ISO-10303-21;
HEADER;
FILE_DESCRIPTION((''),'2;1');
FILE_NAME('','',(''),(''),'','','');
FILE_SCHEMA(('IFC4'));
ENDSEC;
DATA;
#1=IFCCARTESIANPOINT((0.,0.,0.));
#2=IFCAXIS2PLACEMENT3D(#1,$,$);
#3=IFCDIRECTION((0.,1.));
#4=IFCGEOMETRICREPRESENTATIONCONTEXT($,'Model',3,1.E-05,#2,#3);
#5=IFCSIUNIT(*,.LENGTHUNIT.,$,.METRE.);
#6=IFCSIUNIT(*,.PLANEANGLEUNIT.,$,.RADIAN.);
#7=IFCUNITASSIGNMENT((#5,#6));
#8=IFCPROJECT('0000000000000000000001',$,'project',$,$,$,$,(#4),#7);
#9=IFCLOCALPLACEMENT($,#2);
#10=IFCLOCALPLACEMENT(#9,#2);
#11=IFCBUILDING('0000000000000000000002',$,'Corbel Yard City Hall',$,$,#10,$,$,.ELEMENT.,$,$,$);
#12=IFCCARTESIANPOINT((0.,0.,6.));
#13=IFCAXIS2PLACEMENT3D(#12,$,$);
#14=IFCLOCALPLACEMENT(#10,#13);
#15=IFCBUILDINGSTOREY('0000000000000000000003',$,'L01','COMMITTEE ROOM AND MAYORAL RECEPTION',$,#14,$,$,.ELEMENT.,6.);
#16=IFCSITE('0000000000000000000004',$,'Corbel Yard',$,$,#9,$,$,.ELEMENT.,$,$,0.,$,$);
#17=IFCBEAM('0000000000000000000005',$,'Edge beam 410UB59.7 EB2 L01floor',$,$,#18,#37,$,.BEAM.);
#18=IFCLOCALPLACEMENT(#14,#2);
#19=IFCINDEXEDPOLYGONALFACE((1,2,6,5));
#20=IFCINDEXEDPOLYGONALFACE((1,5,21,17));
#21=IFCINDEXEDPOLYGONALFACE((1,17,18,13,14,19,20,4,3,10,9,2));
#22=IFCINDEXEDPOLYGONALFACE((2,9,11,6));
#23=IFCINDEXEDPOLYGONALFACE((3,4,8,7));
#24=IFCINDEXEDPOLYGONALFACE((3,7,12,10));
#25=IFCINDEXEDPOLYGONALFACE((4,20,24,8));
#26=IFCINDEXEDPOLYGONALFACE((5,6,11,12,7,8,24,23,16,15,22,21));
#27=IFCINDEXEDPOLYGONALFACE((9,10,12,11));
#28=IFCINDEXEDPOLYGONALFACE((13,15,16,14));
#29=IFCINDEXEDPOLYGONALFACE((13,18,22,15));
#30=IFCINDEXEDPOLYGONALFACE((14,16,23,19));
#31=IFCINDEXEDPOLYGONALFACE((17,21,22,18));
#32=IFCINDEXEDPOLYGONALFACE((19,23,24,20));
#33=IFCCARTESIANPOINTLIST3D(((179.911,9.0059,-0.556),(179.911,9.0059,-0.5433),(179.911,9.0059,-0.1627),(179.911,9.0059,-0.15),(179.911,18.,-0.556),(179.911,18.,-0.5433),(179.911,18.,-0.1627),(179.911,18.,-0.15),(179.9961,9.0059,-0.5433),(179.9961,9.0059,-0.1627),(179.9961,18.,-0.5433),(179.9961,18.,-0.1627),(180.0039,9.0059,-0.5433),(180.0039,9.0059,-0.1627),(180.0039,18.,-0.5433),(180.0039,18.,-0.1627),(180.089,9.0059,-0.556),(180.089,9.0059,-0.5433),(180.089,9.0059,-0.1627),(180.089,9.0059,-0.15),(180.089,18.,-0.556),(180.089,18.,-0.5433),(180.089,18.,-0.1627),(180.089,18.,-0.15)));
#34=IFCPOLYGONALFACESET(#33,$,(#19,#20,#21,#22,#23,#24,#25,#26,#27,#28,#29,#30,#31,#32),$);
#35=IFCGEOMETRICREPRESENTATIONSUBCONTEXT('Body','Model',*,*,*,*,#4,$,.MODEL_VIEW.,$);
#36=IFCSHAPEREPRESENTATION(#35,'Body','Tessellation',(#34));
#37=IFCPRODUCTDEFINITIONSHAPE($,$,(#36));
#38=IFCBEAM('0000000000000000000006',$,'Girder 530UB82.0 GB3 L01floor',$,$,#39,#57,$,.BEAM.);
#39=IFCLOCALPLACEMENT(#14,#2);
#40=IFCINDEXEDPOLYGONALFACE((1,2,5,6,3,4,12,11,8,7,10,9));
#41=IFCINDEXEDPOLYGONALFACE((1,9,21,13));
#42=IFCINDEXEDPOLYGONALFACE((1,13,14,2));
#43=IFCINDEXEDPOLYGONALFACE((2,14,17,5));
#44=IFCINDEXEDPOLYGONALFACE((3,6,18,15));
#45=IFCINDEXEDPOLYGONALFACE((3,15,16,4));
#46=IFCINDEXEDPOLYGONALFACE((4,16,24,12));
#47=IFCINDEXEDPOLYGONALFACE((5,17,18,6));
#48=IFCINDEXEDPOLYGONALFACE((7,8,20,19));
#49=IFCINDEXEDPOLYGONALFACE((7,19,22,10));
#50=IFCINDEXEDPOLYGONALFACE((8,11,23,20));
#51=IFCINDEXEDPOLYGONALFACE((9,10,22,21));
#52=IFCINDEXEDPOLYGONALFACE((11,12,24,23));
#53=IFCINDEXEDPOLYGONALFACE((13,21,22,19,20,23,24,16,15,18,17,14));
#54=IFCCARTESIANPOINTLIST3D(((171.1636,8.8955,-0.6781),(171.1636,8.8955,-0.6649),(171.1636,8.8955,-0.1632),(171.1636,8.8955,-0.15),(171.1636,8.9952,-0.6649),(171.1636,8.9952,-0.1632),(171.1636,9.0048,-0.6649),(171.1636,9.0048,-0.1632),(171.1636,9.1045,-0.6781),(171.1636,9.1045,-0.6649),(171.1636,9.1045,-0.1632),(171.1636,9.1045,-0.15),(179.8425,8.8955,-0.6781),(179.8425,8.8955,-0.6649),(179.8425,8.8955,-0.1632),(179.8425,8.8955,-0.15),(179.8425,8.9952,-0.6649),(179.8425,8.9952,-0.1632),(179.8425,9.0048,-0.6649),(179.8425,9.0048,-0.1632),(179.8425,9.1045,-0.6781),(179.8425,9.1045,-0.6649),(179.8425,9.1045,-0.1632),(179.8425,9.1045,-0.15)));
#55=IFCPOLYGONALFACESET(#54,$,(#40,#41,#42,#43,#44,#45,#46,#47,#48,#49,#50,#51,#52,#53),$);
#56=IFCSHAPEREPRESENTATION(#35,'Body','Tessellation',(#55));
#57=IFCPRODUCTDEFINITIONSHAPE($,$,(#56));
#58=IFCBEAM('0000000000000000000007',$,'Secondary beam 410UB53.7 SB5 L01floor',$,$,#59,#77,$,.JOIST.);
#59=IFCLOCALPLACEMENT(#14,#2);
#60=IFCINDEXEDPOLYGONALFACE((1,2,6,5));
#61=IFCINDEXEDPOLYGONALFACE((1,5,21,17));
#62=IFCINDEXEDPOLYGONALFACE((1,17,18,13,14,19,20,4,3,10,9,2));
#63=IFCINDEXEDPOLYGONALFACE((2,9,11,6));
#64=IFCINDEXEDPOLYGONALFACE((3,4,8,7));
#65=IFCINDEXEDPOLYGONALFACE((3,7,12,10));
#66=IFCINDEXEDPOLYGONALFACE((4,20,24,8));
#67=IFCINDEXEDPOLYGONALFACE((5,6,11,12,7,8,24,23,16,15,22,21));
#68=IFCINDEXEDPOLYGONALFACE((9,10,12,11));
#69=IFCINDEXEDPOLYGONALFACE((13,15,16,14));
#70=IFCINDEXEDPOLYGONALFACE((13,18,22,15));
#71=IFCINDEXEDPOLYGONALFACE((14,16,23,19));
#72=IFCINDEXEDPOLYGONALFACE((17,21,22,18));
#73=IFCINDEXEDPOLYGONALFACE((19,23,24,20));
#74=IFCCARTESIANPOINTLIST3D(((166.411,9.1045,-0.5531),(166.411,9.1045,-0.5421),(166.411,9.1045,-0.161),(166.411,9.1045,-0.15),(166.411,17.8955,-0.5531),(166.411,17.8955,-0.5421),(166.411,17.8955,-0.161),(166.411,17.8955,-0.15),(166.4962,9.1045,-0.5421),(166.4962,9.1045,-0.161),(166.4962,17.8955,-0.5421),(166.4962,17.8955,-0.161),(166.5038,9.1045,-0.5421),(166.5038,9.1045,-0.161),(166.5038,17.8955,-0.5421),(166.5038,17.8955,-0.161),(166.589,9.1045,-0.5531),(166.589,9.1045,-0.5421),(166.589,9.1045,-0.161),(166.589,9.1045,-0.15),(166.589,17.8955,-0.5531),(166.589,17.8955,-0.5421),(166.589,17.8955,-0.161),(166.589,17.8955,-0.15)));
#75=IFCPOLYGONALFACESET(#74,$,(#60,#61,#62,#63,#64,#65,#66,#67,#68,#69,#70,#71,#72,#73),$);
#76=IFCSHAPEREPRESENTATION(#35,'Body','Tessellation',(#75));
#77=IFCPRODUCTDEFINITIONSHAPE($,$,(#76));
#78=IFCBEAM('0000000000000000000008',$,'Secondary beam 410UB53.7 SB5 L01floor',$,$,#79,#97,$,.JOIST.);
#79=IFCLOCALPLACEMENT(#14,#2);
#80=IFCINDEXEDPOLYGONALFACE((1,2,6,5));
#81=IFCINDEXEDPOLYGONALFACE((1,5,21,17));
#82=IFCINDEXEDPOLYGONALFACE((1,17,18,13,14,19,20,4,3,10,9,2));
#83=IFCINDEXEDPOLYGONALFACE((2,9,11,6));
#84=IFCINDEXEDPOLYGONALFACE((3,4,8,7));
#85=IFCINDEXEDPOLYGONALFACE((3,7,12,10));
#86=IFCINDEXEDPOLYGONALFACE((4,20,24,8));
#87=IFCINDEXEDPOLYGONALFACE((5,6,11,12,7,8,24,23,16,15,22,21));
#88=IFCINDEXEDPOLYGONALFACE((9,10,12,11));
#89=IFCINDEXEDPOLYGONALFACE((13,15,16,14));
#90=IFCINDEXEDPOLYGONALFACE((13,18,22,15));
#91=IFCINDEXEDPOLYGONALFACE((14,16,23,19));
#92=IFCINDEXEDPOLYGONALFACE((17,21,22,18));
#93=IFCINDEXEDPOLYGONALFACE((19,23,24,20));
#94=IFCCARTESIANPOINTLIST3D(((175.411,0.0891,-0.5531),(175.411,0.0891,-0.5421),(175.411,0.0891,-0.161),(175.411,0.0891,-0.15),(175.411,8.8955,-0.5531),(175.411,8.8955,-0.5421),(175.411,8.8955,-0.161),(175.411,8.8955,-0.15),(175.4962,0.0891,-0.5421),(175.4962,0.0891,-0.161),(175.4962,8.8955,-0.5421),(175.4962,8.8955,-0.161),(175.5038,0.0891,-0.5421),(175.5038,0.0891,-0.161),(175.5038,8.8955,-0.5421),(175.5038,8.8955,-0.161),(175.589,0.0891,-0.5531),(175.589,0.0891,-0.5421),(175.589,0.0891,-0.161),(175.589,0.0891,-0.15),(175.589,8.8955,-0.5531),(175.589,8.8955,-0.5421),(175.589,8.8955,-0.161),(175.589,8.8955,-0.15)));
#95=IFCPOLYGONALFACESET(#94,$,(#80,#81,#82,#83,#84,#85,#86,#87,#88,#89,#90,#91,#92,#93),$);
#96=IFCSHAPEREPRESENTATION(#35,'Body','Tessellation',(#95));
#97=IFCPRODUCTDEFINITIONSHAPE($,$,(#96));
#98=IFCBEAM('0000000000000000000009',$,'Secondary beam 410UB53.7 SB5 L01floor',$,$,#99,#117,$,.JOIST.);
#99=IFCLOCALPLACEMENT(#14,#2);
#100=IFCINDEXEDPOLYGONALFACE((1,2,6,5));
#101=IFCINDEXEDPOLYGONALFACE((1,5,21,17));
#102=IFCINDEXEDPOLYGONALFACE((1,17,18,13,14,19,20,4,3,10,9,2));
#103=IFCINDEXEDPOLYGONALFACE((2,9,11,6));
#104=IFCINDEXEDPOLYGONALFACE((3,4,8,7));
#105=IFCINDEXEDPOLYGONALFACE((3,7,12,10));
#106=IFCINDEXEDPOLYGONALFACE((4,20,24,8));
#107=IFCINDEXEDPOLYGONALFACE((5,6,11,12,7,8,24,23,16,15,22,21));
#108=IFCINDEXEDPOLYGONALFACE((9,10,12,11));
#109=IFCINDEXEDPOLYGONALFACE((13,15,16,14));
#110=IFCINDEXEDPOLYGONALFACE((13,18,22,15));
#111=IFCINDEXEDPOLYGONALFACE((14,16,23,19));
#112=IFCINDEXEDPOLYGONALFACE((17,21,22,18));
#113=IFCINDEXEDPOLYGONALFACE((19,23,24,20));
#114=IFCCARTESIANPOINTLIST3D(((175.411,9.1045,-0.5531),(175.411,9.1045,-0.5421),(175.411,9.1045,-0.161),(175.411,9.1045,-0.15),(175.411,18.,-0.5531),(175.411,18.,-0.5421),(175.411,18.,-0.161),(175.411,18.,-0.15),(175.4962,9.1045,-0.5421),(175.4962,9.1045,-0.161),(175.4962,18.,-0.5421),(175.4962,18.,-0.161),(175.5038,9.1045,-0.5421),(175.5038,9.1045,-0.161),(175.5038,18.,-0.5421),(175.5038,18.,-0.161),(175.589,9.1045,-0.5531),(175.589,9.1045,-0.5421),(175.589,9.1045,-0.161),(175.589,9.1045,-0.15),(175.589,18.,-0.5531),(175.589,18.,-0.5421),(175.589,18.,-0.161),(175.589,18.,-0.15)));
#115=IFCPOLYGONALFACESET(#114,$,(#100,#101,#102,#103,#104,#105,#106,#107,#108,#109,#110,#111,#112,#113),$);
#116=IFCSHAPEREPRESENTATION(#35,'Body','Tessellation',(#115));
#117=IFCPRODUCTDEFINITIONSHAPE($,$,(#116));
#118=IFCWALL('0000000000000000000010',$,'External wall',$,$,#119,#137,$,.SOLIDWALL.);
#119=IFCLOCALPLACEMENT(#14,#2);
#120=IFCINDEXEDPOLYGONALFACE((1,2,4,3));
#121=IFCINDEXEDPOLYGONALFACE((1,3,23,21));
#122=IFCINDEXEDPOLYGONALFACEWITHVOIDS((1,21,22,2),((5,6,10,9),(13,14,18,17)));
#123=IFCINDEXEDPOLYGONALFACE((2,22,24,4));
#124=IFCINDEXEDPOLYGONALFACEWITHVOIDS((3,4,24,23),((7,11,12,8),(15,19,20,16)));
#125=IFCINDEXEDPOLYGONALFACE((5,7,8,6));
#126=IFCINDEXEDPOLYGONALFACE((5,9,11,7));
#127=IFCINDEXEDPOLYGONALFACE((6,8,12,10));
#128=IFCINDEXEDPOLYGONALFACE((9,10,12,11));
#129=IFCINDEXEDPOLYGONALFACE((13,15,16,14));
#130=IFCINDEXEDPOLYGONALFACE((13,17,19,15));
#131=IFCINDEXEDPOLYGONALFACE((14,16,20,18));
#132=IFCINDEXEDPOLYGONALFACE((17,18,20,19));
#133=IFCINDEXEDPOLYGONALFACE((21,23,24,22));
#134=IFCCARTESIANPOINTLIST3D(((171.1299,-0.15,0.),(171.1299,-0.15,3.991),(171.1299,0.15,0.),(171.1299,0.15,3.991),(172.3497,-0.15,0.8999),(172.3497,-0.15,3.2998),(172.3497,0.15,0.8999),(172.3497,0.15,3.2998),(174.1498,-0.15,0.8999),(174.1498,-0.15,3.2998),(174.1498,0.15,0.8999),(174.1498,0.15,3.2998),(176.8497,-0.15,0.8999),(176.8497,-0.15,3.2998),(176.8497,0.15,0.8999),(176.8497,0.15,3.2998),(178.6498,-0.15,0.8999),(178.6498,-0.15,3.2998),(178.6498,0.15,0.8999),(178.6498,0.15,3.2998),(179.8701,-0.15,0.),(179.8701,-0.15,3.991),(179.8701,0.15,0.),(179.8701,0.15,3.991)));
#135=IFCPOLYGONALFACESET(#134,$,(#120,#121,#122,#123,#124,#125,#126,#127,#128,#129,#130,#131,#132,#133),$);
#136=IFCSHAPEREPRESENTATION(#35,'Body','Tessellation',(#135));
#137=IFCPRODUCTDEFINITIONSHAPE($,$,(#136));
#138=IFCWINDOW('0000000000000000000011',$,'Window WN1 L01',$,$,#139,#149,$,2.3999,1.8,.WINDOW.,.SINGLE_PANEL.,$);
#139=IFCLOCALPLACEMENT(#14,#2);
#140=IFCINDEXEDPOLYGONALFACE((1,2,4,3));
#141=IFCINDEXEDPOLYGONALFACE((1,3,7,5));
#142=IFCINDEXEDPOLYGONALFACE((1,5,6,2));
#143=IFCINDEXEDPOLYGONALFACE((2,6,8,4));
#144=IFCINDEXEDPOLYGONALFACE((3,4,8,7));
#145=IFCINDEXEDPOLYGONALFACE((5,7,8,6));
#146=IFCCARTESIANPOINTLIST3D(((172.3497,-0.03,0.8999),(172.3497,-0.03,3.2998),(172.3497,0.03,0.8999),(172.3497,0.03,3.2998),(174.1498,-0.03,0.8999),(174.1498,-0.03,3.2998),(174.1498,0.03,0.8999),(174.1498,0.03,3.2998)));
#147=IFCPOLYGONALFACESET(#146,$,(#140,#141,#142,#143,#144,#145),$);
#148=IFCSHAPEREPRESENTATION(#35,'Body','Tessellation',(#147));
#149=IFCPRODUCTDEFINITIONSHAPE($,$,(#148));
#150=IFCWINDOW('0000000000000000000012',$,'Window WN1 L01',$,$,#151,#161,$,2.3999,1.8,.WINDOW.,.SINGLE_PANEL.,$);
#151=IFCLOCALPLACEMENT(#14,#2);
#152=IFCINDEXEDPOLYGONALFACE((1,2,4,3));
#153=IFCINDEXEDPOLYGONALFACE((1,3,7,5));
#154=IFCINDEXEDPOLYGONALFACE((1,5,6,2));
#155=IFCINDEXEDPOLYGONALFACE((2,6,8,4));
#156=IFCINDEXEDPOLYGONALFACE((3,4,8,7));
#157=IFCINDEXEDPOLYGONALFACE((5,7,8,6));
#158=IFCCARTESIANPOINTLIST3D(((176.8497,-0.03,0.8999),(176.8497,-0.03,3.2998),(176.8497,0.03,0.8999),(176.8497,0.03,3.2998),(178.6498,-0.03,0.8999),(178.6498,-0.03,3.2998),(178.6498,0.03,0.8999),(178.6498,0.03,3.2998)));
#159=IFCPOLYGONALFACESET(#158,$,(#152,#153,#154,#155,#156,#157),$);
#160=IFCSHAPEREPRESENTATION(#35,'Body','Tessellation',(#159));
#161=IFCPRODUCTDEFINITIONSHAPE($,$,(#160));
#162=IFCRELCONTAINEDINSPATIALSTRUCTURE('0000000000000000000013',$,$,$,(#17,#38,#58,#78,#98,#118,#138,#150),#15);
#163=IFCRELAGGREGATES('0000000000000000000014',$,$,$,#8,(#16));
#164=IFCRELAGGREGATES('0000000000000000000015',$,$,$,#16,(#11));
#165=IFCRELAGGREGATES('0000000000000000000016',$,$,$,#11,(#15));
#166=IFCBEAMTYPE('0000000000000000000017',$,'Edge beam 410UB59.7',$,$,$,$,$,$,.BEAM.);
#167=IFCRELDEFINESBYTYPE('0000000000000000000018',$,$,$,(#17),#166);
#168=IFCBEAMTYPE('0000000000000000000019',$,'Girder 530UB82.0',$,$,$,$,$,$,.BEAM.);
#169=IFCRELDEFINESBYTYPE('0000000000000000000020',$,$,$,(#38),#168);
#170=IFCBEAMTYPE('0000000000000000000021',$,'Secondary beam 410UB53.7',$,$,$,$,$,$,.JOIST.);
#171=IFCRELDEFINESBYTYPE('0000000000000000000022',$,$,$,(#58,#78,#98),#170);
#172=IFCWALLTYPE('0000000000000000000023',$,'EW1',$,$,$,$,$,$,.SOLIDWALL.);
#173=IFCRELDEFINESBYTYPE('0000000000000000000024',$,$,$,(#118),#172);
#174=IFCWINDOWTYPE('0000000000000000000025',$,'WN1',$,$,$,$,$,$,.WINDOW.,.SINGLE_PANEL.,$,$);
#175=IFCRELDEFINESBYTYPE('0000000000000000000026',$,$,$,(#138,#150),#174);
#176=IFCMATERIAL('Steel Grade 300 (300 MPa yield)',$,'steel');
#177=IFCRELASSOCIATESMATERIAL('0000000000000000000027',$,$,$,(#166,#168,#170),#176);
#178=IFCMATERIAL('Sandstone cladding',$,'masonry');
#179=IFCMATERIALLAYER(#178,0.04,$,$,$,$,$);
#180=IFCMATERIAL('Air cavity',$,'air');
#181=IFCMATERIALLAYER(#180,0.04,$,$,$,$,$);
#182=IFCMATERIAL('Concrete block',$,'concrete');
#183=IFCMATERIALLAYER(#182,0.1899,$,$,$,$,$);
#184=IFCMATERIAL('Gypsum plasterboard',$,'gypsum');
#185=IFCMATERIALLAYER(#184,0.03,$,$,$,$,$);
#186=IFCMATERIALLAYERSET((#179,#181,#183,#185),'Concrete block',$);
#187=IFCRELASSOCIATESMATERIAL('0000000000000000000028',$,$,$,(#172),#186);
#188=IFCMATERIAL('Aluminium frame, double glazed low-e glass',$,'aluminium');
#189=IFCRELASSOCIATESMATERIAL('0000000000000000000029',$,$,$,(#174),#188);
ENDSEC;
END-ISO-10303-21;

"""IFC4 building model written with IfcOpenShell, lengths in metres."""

from ifc_helpers import new_model, si_unit, direction, frame, frame_2d, origin, origin_2d, place, context, subcontext, project, spatial, rectangle, i_section, extrude, material, layer, layer_set, material_profile, profile_set, type_object, element, fill, save


model = new_model("IFC4")

# Units and contexts
model_context = context("Model", 3, precision=1e-05, world=origin(), true_north=direction((0.0, 1.0)))
body_context = subcontext(model_context, "Body", "Model", "MODEL_VIEW")
ifc_project = project(units=[si_unit("LENGTHUNIT", "METRE"), si_unit("PLANEANGLEUNIT", "RADIAN")], contexts=[model_context])

# Site, building, storey
site_placement = place(None, origin())
site = spatial("IfcSite", under=ifc_project, at=site_placement, Name="Corbel Yard", CompositionType="ELEMENT", RefElevation=0.0)
building_placement = place(site_placement, origin())
building = spatial("IfcBuilding", under=site, at=building_placement, Name="Corbel Yard City Hall", CompositionType="ELEMENT")
storey_placement = place(building_placement, frame((0.0, 0.0, 6.0)))
storey = spatial("IfcBuildingStorey", under=building, at=storey_placement, Name="L01", Description="COMMITTEE ROOM AND MAYORAL RECEPTION", CompositionType="ELEMENT", Elevation=6.0)

# Shared definitions
ifc_material_1 = material(Name="Steel Grade 300 (300 MPa yield)", Category="steel")

# Beams
ifc_material_profile_1 = material_profile(ifc_material_1, i_section(OverallWidth=0.178, OverallDepth=0.406, WebThickness=0.0078, FlangeThickness=0.0127, at=origin_2d()), Name="410UB59.7")
ifc_profile_set_1 = profile_set([ifc_material_profile_1], Name="Steel Grade 300 (300 MPa yield)")
beam_type_1 = type_object("IfcBeamType", Name="Edge beam 410UB59.7", PredefinedType="BEAM", material=ifc_profile_set_1)
beam_1_placement = place(storey_placement, frame((180.0, 9.0059, -0.353), z_axis=(0.0, 1.0, 0.0), x_axis=(-1.0, 0.0, 0.0)))
element("IfcBeam", 1, at=beam_1_placement, inside=storey, type_object=beam_type_1, Name="Edge beam 410UB59.7 EB2 L01floor", PredefinedType="BEAM", context=body_context, shape_type="SweptSolid", body=[
    extrude(i_section(OverallWidth=0.178, OverallDepth=0.406, WebThickness=0.0078, FlangeThickness=0.0127, at=origin_2d()), origin(), (0.0, 0.0, 1.0), 8.9941),
])
ifc_material_profile_2 = material_profile(ifc_material_1, i_section(OverallWidth=0.209, OverallDepth=0.5281, WebThickness=0.0095, FlangeThickness=0.0132, at=origin_2d()), Name="530UB82.0")
ifc_profile_set_2 = profile_set([ifc_material_profile_2], Name="Steel Grade 300 (300 MPa yield)")
beam_type_2 = type_object("IfcBeamType", Name="Girder 530UB82.0", PredefinedType="BEAM", material=ifc_profile_set_2)
beam_2_placement = place(storey_placement, frame((171.1636, 9.0, -0.4141), z_axis=(1.0, 0.0, 0.0), x_axis=(0.0, 1.0, 0.0)))
element("IfcBeam", 2, at=beam_2_placement, inside=storey, type_object=beam_type_2, Name="Girder 530UB82.0 GB3 L01floor", PredefinedType="BEAM", context=body_context, shape_type="SweptSolid", body=[
    extrude(i_section(OverallWidth=0.209, OverallDepth=0.5281, WebThickness=0.0095, FlangeThickness=0.0132, at=origin_2d()), origin(), (0.0, 0.0, 1.0), 8.679),
])
ifc_material_profile_3 = material_profile(ifc_material_1, i_section(OverallWidth=0.178, OverallDepth=0.4031, WebThickness=0.0076, FlangeThickness=0.011, at=origin_2d()), Name="410UB53.7")
ifc_profile_set_3 = profile_set([ifc_material_profile_3], Name="Steel Grade 300 (300 MPa yield)")
beam_type_3 = type_object("IfcBeamType", Name="Secondary beam 410UB53.7", PredefinedType="JOIST", material=ifc_profile_set_3)
beam_3_placement = place(storey_placement, frame((166.5, 9.1045, -0.3516), z_axis=(0.0, 1.0, 0.0), x_axis=(-1.0, 0.0, 0.0)))
element("IfcBeam", 3, at=beam_3_placement, inside=storey, type_object=beam_type_3, Name="Secondary beam 410UB53.7 SB5 L01floor", PredefinedType="JOIST", context=body_context, shape_type="SweptSolid", body=[
    extrude(i_section(OverallWidth=0.178, OverallDepth=0.4031, WebThickness=0.0076, FlangeThickness=0.011, at=origin_2d()), origin(), (0.0, 0.0, 1.0), 8.791),
])
beam_4_placement = place(storey_placement, frame((175.5, 0.0891, -0.3516), z_axis=(0.0, 1.0, 0.0), x_axis=(-1.0, 0.0, 0.0)))
element("IfcBeam", 4, at=beam_4_placement, inside=storey, type_object=beam_type_3, Name="Secondary beam 410UB53.7 SB5 L01floor", PredefinedType="JOIST", context=body_context, shape_type="SweptSolid", body=[
    extrude(i_section(OverallWidth=0.178, OverallDepth=0.4031, WebThickness=0.0076, FlangeThickness=0.011, at=origin_2d()), origin(), (0.0, 0.0, 1.0), 8.8064),
])
beam_5_placement = place(storey_placement, frame((175.5, 9.1045, -0.3516), z_axis=(0.0, 1.0, 0.0), x_axis=(-1.0, 0.0, 0.0)))
element("IfcBeam", 5, at=beam_5_placement, inside=storey, type_object=beam_type_3, Name="Secondary beam 410UB53.7 SB5 L01floor", PredefinedType="JOIST", context=body_context, shape_type="SweptSolid", body=[
    extrude(i_section(OverallWidth=0.178, OverallDepth=0.4031, WebThickness=0.0076, FlangeThickness=0.011, at=origin_2d()), origin(), (0.0, 0.0, 1.0), 8.8955),
])

# Wall, openings, windows
ifc_material_2 = material(Name="Sandstone cladding", Category="masonry")
ifc_layer_1 = layer(ifc_material_2, 0.04)
ifc_material_3 = material(Name="Air cavity", Category="air")
ifc_layer_2 = layer(ifc_material_3, 0.04)
ifc_material_4 = material(Name="Concrete block", Category="concrete")
ifc_layer_3 = layer(ifc_material_4, 0.1899)
ifc_material_5 = material(Name="Gypsum plasterboard", Category="gypsum")
ifc_layer_4 = layer(ifc_material_5, 0.03)
ifc_layer_set_1 = layer_set([ifc_layer_1, ifc_layer_2, ifc_layer_3, ifc_layer_4], Name="Concrete block")
wall_type_1 = type_object("IfcWallType", Name="EW1", PredefinedType="SOLIDWALL", material=ifc_layer_set_1)
wall_1_placement = place(storey_placement, frame((171.1299, 0.0, 0.0), z_axis=(0.0, 0.0, 1.0), x_axis=(1.0, 0.0, 0.0)))
wall_1 = element("IfcWall", 6, at=wall_1_placement, inside=storey, type_object=wall_type_1, Name="External wall", PredefinedType="SOLIDWALL", context=body_context, shape_type="SweptSolid", body=[
    extrude(rectangle(XDim=8.7402, YDim=0.3, at=frame_2d((4.3701, 0.0))), origin(), (0.0, 0.0, 1.0), 3.991),
])
opening_1_placement = place(wall_1_placement, frame((1.22, 0.0, 0.8999)))
opening_1 = element("IfcOpeningElement", 7, at=opening_1_placement, cuts=wall_1, PredefinedType="OPENING", context=body_context, shape_type="SweptSolid", body=[
    extrude(rectangle(XDim=1.8, YDim=2.3999, at=frame_2d((0.8999, 1.2))), frame((0.0, 0.1599, 0.0), z_axis=(0.0, -1.0, 0.0), x_axis=(1.0, 0.0, 0.0)), (0.0, 0.0, 1.0), 0.3201),
])
opening_2_placement = place(wall_1_placement, frame((5.72, 0.0, 0.8999)))
opening_2 = element("IfcOpeningElement", 8, at=opening_2_placement, cuts=wall_1, PredefinedType="OPENING", context=body_context, shape_type="SweptSolid", body=[
    extrude(rectangle(XDim=1.8, YDim=2.3999, at=frame_2d((0.8999, 1.2))), frame((0.0, 0.1599, 0.0), z_axis=(0.0, -1.0, 0.0), x_axis=(1.0, 0.0, 0.0)), (0.0, 0.0, 1.0), 0.3201),
])
ifc_material_6 = material(Name="Aluminium frame, double glazed low-e glass", Category="aluminium")
window_type = type_object("IfcWindowType", Name="WN1", PartitioningType="SINGLE_PANEL", PredefinedType="WINDOW", material=ifc_material_6)
window_1_placement = place(opening_1_placement, origin())
window_1 = element("IfcWindow", 9, at=window_1_placement, inside=storey, type_object=window_type, Name="Window WN1 L01", OverallHeight=2.3999, OverallWidth=1.8, PartitioningType="SINGLE_PANEL", PredefinedType="WINDOW", context=body_context, shape_type="SweptSolid", body=[
    extrude(rectangle(XDim=1.8, YDim=2.3999, at=frame_2d((0.8999, 1.2))), frame((0.0, 0.03, 0.0), z_axis=(0.0, -1.0, 0.0), x_axis=(1.0, 0.0, 0.0)), (0.0, 0.0, 1.0), 0.0601),
])
fill(opening_1, window_1)
window_2_placement = place(opening_2_placement, origin())
window_2 = element("IfcWindow", 10, at=window_2_placement, inside=storey, type_object=window_type, Name="Window WN1 L01", OverallHeight=2.3999, OverallWidth=1.8, PartitioningType="SINGLE_PANEL", PredefinedType="WINDOW", context=body_context, shape_type="SweptSolid", body=[
    extrude(rectangle(XDim=1.8, YDim=2.3999, at=frame_2d((0.8999, 1.2))), frame((0.0, 0.03, 0.0), z_axis=(0.0, -1.0, 0.0), x_axis=(1.0, 0.0, 0.0)), (0.0, 0.0, 1.0), 0.0601),
])
fill(opening_2, window_2)

save(model, "model.ifc")
